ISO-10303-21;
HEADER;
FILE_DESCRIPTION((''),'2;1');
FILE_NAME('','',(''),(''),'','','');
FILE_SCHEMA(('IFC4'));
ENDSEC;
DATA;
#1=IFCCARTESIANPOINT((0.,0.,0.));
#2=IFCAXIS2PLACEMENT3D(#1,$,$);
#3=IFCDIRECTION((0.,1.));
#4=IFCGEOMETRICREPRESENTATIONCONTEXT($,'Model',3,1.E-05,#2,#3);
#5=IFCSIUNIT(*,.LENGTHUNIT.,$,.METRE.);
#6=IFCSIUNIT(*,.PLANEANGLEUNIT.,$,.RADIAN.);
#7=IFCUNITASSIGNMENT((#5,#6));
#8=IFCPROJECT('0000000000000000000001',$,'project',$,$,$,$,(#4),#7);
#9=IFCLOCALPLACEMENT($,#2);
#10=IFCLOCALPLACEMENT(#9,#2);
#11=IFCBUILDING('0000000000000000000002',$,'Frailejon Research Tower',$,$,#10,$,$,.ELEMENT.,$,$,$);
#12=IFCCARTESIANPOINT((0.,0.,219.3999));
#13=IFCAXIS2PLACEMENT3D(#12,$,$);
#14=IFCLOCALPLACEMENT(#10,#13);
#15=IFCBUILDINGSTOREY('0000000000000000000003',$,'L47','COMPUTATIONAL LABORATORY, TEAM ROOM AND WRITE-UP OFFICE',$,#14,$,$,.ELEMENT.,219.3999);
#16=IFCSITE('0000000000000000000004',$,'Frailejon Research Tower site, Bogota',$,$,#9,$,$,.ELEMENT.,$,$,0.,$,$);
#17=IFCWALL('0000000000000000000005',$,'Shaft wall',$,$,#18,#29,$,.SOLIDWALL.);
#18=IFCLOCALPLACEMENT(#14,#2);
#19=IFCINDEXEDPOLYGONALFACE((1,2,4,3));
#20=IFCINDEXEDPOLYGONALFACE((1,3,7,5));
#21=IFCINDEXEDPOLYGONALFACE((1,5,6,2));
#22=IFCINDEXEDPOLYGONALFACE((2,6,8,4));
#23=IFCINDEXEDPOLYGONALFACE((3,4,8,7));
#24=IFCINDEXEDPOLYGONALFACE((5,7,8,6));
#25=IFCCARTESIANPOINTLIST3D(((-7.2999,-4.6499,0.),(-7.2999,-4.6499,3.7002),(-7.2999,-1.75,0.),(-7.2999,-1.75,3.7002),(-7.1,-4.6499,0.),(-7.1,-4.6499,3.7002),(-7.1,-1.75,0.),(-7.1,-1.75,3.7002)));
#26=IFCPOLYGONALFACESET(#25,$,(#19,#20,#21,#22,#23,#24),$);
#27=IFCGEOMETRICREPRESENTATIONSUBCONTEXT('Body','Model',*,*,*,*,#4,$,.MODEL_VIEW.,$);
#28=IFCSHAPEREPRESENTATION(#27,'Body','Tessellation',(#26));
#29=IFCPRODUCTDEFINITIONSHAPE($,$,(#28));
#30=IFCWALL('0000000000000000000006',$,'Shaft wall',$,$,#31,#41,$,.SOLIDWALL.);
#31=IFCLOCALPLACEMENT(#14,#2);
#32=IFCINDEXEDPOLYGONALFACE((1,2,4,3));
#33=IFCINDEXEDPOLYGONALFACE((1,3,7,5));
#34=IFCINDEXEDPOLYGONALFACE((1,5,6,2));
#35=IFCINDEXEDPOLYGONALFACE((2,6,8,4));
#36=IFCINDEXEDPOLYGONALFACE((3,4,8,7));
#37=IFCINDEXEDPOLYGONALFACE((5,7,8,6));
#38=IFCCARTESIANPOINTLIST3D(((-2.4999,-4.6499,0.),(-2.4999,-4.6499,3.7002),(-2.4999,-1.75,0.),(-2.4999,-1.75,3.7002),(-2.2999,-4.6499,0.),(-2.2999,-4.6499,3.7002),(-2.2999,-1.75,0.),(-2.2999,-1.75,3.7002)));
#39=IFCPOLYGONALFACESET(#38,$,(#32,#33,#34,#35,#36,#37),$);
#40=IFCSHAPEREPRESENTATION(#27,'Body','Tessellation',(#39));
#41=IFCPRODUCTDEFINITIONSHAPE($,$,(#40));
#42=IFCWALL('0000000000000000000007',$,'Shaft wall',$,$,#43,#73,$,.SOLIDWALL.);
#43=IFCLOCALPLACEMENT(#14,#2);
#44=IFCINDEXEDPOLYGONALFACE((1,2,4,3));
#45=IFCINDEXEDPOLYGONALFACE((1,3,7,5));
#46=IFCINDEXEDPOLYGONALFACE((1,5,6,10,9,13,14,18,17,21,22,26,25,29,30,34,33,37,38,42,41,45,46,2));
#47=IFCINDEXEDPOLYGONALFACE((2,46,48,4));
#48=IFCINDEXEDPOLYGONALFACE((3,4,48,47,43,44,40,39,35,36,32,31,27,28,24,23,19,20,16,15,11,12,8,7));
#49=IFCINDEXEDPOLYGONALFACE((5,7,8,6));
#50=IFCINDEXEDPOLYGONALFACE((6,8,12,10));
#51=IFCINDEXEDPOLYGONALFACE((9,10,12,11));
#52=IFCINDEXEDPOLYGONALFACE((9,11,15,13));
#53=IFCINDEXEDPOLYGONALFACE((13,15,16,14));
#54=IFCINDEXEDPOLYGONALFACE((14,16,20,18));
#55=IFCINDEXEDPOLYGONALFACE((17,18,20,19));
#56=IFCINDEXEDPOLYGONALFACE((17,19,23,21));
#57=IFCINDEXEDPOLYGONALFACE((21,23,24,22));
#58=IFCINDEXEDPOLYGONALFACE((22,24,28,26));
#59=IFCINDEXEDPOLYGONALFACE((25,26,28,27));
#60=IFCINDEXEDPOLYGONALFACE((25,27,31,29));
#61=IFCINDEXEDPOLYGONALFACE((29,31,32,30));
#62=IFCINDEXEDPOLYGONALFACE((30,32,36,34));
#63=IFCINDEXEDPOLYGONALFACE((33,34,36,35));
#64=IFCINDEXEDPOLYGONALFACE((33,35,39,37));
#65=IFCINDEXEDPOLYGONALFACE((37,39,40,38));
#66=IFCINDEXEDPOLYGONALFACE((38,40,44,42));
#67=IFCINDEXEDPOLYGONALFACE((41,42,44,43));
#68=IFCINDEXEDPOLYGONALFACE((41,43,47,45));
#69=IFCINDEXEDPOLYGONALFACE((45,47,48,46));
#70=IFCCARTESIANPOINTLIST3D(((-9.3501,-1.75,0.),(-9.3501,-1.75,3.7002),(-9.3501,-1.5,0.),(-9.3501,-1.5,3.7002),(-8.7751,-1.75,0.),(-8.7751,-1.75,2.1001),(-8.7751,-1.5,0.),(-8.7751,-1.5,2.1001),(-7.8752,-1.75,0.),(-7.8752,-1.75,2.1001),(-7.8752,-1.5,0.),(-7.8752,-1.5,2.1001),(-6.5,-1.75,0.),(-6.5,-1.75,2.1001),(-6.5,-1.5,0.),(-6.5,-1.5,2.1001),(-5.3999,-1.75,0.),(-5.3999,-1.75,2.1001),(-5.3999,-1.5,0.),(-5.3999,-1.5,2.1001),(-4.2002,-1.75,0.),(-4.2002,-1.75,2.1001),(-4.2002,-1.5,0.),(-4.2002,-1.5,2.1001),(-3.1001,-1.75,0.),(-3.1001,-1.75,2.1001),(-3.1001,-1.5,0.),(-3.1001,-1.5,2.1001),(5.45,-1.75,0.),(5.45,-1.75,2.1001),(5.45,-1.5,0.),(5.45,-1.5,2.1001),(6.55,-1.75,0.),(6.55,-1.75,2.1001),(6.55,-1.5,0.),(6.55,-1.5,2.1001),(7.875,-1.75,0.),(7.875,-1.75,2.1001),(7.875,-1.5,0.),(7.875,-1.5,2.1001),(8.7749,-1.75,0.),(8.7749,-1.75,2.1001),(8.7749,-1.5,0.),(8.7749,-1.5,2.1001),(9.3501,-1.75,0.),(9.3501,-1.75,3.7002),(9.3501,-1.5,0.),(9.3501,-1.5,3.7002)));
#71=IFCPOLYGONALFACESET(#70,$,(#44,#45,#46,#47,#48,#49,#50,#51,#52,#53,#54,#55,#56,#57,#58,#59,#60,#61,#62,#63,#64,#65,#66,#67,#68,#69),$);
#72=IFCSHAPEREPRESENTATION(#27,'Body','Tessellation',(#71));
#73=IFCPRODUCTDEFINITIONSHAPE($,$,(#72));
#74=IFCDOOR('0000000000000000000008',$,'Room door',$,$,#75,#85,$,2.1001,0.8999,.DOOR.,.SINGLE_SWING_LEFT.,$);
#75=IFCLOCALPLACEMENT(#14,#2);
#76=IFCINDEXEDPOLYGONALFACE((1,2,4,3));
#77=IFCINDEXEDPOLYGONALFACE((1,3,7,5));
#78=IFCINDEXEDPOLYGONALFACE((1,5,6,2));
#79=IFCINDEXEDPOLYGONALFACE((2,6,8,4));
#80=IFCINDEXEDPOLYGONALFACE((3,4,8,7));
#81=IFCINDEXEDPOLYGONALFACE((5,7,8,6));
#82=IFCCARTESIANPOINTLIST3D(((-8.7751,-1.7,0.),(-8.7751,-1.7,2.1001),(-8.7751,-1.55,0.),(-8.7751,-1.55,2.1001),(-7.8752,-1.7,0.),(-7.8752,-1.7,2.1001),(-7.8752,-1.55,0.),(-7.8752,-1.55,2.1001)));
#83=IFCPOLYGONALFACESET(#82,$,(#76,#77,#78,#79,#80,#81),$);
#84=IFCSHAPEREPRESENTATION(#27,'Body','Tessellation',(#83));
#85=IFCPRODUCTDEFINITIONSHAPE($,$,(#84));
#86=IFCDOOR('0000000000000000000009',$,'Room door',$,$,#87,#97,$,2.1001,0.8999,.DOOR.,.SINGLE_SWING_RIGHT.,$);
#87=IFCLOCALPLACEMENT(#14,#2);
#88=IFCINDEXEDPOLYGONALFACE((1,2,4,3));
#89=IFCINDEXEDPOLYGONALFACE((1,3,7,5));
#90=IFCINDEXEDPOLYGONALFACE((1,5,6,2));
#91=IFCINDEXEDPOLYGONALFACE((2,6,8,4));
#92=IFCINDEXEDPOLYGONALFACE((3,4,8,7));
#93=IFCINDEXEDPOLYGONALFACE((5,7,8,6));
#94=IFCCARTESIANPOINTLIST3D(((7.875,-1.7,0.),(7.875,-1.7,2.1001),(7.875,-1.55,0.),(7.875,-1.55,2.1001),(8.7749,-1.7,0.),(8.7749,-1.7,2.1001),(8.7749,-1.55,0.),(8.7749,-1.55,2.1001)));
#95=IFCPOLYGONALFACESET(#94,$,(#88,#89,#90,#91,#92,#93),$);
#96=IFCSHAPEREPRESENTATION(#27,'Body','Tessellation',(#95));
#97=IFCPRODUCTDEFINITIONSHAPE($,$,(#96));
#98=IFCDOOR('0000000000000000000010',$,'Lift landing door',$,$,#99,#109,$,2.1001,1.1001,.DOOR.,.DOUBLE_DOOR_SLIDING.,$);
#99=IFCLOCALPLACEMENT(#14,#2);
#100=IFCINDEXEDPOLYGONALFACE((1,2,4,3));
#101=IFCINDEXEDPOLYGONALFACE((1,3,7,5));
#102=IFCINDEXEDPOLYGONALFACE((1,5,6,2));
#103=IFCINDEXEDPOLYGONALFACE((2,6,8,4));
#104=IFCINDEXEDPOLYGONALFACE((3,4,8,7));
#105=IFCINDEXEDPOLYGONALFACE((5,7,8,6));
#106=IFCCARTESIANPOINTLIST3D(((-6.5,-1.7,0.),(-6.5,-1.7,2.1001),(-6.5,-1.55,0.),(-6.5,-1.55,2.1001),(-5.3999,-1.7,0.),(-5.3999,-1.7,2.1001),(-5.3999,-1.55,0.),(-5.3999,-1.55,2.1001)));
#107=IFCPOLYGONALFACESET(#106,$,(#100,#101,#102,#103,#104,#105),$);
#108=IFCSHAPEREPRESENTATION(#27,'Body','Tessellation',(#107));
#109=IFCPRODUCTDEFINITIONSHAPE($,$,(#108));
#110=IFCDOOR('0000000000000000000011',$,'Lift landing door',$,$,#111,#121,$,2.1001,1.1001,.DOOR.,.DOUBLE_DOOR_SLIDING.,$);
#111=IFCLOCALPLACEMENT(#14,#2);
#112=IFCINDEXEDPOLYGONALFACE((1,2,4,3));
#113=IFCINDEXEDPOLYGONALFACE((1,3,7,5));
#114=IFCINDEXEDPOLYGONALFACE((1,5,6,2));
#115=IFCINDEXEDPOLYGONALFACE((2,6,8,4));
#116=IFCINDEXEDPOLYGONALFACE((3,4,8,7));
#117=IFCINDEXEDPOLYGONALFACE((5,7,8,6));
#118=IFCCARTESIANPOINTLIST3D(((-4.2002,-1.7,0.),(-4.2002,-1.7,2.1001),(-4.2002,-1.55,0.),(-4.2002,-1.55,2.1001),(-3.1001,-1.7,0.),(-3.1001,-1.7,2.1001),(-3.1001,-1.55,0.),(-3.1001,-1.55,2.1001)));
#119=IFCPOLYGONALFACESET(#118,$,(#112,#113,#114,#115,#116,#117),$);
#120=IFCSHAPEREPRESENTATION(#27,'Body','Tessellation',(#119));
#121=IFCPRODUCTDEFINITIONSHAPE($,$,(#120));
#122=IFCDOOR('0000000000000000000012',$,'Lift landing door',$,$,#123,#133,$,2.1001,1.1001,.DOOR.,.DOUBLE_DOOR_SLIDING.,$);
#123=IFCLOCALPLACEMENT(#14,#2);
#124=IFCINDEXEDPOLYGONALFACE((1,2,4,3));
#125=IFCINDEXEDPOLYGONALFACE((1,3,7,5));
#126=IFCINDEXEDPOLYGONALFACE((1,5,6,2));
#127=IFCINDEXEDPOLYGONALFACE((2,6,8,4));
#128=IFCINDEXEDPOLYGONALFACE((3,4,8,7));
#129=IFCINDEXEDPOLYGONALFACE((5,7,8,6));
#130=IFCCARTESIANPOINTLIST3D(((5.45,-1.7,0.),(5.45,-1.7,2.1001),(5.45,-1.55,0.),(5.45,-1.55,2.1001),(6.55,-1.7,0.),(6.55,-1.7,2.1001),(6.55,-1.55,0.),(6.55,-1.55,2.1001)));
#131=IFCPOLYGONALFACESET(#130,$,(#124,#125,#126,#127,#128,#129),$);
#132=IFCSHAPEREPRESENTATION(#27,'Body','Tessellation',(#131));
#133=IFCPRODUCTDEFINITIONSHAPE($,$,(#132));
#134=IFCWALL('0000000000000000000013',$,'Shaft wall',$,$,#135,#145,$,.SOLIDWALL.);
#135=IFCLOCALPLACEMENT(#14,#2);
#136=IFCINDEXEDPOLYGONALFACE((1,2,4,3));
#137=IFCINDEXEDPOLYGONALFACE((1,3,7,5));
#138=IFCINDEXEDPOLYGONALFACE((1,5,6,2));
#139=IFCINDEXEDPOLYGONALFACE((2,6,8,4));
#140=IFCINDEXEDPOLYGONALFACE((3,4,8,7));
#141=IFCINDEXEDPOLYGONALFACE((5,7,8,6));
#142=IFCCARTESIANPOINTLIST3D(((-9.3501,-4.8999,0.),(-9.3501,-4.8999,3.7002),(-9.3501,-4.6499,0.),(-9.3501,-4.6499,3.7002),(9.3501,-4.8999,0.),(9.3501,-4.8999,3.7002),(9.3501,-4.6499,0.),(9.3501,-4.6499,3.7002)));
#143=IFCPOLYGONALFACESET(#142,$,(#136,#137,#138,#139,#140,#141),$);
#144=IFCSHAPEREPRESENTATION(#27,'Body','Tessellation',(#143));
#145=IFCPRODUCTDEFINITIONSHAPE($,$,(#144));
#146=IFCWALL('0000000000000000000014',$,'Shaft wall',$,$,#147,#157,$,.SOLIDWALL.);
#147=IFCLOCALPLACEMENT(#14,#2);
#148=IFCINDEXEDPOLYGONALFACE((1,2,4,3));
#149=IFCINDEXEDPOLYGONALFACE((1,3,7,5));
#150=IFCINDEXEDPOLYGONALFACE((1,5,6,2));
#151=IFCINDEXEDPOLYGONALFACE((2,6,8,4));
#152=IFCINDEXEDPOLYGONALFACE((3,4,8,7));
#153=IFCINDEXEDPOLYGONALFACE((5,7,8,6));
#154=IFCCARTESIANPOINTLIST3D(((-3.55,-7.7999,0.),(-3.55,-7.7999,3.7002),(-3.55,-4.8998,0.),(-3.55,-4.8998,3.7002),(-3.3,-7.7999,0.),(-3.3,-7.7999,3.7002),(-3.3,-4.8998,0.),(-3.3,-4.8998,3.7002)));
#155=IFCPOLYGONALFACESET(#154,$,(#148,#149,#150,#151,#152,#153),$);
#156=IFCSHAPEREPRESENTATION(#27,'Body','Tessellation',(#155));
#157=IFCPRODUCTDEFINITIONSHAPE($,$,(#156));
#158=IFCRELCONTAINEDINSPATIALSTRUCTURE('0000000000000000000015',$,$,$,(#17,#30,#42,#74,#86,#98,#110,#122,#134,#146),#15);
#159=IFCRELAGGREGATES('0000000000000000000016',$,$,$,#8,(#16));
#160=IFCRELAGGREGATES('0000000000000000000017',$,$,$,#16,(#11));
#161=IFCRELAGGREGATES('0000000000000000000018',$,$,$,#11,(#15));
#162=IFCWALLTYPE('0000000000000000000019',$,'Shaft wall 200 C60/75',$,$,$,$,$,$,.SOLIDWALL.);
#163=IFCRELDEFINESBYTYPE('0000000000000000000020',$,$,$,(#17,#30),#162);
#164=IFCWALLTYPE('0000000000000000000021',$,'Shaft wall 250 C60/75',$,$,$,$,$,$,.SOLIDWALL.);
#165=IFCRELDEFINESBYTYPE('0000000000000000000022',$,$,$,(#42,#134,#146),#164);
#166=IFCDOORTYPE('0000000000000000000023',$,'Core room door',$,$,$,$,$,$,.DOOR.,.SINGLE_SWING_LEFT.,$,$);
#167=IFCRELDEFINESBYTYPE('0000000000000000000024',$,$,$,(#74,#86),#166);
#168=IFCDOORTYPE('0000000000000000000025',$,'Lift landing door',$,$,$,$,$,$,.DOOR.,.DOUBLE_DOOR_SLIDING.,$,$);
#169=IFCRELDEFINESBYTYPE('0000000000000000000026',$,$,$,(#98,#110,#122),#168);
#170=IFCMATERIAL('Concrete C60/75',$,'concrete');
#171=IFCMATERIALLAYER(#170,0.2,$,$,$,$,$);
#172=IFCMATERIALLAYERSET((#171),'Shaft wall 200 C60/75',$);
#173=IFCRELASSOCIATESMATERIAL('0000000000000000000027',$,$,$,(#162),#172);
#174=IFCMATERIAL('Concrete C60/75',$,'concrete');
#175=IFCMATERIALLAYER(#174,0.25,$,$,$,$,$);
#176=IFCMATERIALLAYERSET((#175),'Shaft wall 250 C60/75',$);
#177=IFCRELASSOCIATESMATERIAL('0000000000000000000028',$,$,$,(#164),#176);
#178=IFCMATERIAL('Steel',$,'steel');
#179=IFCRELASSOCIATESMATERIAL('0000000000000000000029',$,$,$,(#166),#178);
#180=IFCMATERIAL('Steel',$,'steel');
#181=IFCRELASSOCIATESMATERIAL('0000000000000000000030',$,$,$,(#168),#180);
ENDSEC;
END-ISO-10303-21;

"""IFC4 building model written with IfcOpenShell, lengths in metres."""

from ifc_helpers import new_model, si_unit, direction, frame, frame_2d, origin, place, context, subcontext, project, spatial, rectangle, extrude, material, layer, layer_set, type_object, element, fill, save


model = new_model("IFC4")

# Units and contexts
model_context = context("Model", 3, precision=1e-05, world=origin(), true_north=direction((0.0, 1.0)))
body_context = subcontext(model_context, "Body", "Model", "MODEL_VIEW")
ifc_project = project(units=[si_unit("LENGTHUNIT", "METRE"), si_unit("PLANEANGLEUNIT", "RADIAN")], contexts=[model_context])

# Site, building, storey
site_placement = place(None, origin())
site = spatial("IfcSite", under=ifc_project, at=site_placement, Name="Frailejon Research Tower site, Bogota", CompositionType="ELEMENT", RefElevation=0.0)
building_placement = place(site_placement, origin())
building = spatial("IfcBuilding", under=site, at=building_placement, Name="Frailejon Research Tower", CompositionType="ELEMENT")
storey_placement = place(building_placement, frame((0.0, 0.0, 219.3999)))
storey = spatial("IfcBuildingStorey", under=building, at=storey_placement, Name="L47", Description="COMPUTATIONAL LABORATORY, TEAM ROOM AND WRITE-UP OFFICE", CompositionType="ELEMENT", Elevation=219.3999)

# Walls
ifc_material_1 = material(Name="Concrete C60/75", Category="concrete")
ifc_layer_1 = layer(ifc_material_1, 0.2)
ifc_layer_set_1 = layer_set([ifc_layer_1], Name="Shaft wall 200 C60/75")
wall_type_1 = type_object("IfcWallType", Name="Shaft wall 200 C60/75", PredefinedType="SOLIDWALL", material=ifc_layer_set_1)
for number, where, z_axis, x_axis, name in (
    (1, (-7.2, -4.6499, 0.0), (0.0, 0.0, 1.0), (0.0, 1.0, 0.0), "Shaft wall"),
    (2, (-2.3999, -4.6499, 0.0), (0.0, 0.0, 1.0), (0.0, 1.0, 0.0), "Shaft wall"),
):
    element("IfcWall", number, at=place(storey_placement, frame(where, z_axis=z_axis, x_axis=x_axis)), inside=storey, type_object=wall_type_1, Name=name, PredefinedType="SOLIDWALL", context=body_context, shape_type="SweptSolid", body=[
        extrude(rectangle(XDim=2.8999, YDim=0.2, at=frame_2d((1.45, 0.0))), origin(), (0.0, 0.0, 1.0), 3.7002),
    ])

# Wall, openings, doors
ifc_material_2 = material(Name="Concrete C60/75", Category="concrete")
ifc_layer_2 = layer(ifc_material_2, 0.25)
ifc_layer_set_2 = layer_set([ifc_layer_2], Name="Shaft wall 250 C60/75")
wall_type_2 = type_object("IfcWallType", Name="Shaft wall 250 C60/75", PredefinedType="SOLIDWALL", material=ifc_layer_set_2)
wall_1_placement = place(storey_placement, frame((-9.3501, -1.625, 0.0), z_axis=(0.0, 0.0, 1.0), x_axis=(1.0, 0.0, 0.0)))
wall_1 = element("IfcWall", 3, at=wall_1_placement, inside=storey, type_object=wall_type_2, Name="Shaft wall", PredefinedType="SOLIDWALL", context=body_context, shape_type="SweptSolid", body=[
    extrude(rectangle(XDim=18.7002, YDim=0.25, at=frame_2d((9.3501, 0.0))), origin(), (0.0, 0.0, 1.0), 3.7002),
])
opening_1_placement = place(wall_1_placement, frame((2.8501, 0.0, 0.0)))
opening_1 = element("IfcOpeningElement", 4, at=opening_1_placement, cuts=wall_1, PredefinedType="OPENING", context=body_context, shape_type="SweptSolid", body=[
    extrude(rectangle(XDim=1.1001, YDim=2.1001, at=frame_2d((0.55, 1.05))), frame((0.0, 0.135, 0.0), z_axis=(0.0, -1.0, 0.0), x_axis=(1.0, 0.0, 0.0)), (0.0, 0.0, 1.0), 0.27),
])
opening_2_placement = place(wall_1_placement, frame((5.1499, 0.0, 0.0)))
opening_2 = element("IfcOpeningElement", 5, at=opening_2_placement, cuts=wall_1, PredefinedType="OPENING", context=body_context, shape_type="SweptSolid", body=[
    extrude(rectangle(XDim=1.1001, YDim=2.1001, at=frame_2d((0.55, 1.05))), frame((0.0, 0.135, 0.0), z_axis=(0.0, -1.0, 0.0), x_axis=(1.0, 0.0, 0.0)), (0.0, 0.0, 1.0), 0.27),
])
opening_3_placement = place(wall_1_placement, frame((14.8, 0.0, 0.0)))
opening_3 = element("IfcOpeningElement", 6, at=opening_3_placement, cuts=wall_1, PredefinedType="OPENING", context=body_context, shape_type="SweptSolid", body=[
    extrude(rectangle(XDim=1.1001, YDim=2.1001, at=frame_2d((0.55, 1.05))), frame((0.0, 0.135, 0.0), z_axis=(0.0, -1.0, 0.0), x_axis=(1.0, 0.0, 0.0)), (0.0, 0.0, 1.0), 0.27),
])
opening_4_placement = place(wall_1_placement, frame((0.575, 0.0, 0.0)))
opening_4 = element("IfcOpeningElement", 7, at=opening_4_placement, cuts=wall_1, PredefinedType="OPENING", context=body_context, shape_type="SweptSolid", body=[
    extrude(rectangle(XDim=0.8999, YDim=2.1001, at=frame_2d((0.45, 1.05))), frame((0.0, 0.135, 0.0), z_axis=(0.0, -1.0, 0.0), x_axis=(1.0, 0.0, 0.0)), (0.0, 0.0, 1.0), 0.27),
])
opening_5_placement = place(wall_1_placement, frame((17.2251, 0.0, 0.0)))
opening_5 = element("IfcOpeningElement", 8, at=opening_5_placement, cuts=wall_1, PredefinedType="OPENING", context=body_context, shape_type="SweptSolid", body=[
    extrude(rectangle(XDim=0.8999, YDim=2.1001, at=frame_2d((0.45, 1.05))), frame((0.0, 0.135, 0.0), z_axis=(0.0, -1.0, 0.0), x_axis=(1.0, 0.0, 0.0)), (0.0, 0.0, 1.0), 0.27),
])
ifc_material_3 = material(Name="Steel", Category="steel")
door_type_1 = type_object("IfcDoorType", Name="Core room door", OperationType="SINGLE_SWING_LEFT", PredefinedType="DOOR", material=ifc_material_3)
door_1_placement = place(opening_4_placement, origin())
door_1 = element("IfcDoor", 9, at=door_1_placement, inside=storey, type_object=door_type_1, Name="Room door", OperationType="SINGLE_SWING_LEFT", OverallHeight=2.1001, OverallWidth=0.8999, PredefinedType="DOOR", context=body_context, shape_type="SweptSolid", body=[
    extrude(rectangle(XDim=0.8999, YDim=2.1001, at=frame_2d((0.45, 1.05))), frame((0.0, 0.075, 0.0), z_axis=(0.0, -1.0, 0.0), x_axis=(1.0, 0.0, 0.0)), (0.0, 0.0, 1.0), 0.1499),
])
fill(opening_4, door_1)
door_2_placement = place(opening_5_placement, origin())
door_2 = element("IfcDoor", 10, at=door_2_placement, inside=storey, type_object=door_type_1, Name="Room door", OperationType="SINGLE_SWING_RIGHT", OverallHeight=2.1001, OverallWidth=0.8999, PredefinedType="DOOR", context=body_context, shape_type="SweptSolid", body=[
    extrude(rectangle(XDim=0.8999, YDim=2.1001, at=frame_2d((0.45, 1.05))), frame((0.0, 0.075, 0.0), z_axis=(0.0, -1.0, 0.0), x_axis=(1.0, 0.0, 0.0)), (0.0, 0.0, 1.0), 0.1499),
])
fill(opening_5, door_2)
ifc_material_4 = material(Name="Steel", Category="steel")
door_type_2 = type_object("IfcDoorType", Name="Lift landing door", OperationType="DOUBLE_DOOR_SLIDING", PredefinedType="DOOR", material=ifc_material_4)
door_3_placement = place(opening_1_placement, origin())
door_3 = element("IfcDoor", 11, at=door_3_placement, inside=storey, type_object=door_type_2, Name="Lift landing door", OperationType="DOUBLE_DOOR_SLIDING", OverallHeight=2.1001, OverallWidth=1.1001, PredefinedType="DOOR", context=body_context, shape_type="SweptSolid", body=[
    extrude(rectangle(XDim=1.1001, YDim=2.1001, at=frame_2d((0.55, 1.05))), frame((0.0, 0.075, 0.0), z_axis=(0.0, -1.0, 0.0), x_axis=(1.0, 0.0, 0.0)), (0.0, 0.0, 1.0), 0.1499),
])
fill(opening_1, door_3)
door_4_placement = place(opening_2_placement, origin())
door_4 = element("IfcDoor", 12, at=door_4_placement, inside=storey, type_object=door_type_2, Name="Lift landing door", OperationType="DOUBLE_DOOR_SLIDING", OverallHeight=2.1001, OverallWidth=1.1001, PredefinedType="DOOR", context=body_context, shape_type="SweptSolid", body=[
    extrude(rectangle(XDim=1.1001, YDim=2.1001, at=frame_2d((0.55, 1.05))), frame((0.0, 0.075, 0.0), z_axis=(0.0, -1.0, 0.0), x_axis=(1.0, 0.0, 0.0)), (0.0, 0.0, 1.0), 0.1499),
])
fill(opening_2, door_4)
door_5_placement = place(opening_3_placement, origin())
door_5 = element("IfcDoor", 13, at=door_5_placement, inside=storey, type_object=door_type_2, Name="Lift landing door", OperationType="DOUBLE_DOOR_SLIDING", OverallHeight=2.1001, OverallWidth=1.1001, PredefinedType="DOOR", context=body_context, shape_type="SweptSolid", body=[
    extrude(rectangle(XDim=1.1001, YDim=2.1001, at=frame_2d((0.55, 1.05))), frame((0.0, 0.075, 0.0), z_axis=(0.0, -1.0, 0.0), x_axis=(1.0, 0.0, 0.0)), (0.0, 0.0, 1.0), 0.1499),
])
fill(opening_3, door_5)

# Walls
wall_2_placement = place(storey_placement, frame((-9.3501, -4.7749, 0.0), z_axis=(0.0, 0.0, 1.0), x_axis=(1.0, 0.0, 0.0)))
element("IfcWall", 14, at=wall_2_placement, inside=storey, type_object=wall_type_2, Name="Shaft wall", PredefinedType="SOLIDWALL", context=body_context, shape_type="SweptSolid", body=[
    extrude(rectangle(XDim=18.7002, YDim=0.25, at=frame_2d((9.3501, 0.0))), origin(), (0.0, 0.0, 1.0), 3.7002),
])
wall_3_placement = place(storey_placement, frame((-3.425, -7.8, 0.0), z_axis=(0.0, 0.0, 1.0), x_axis=(0.0, 1.0, 0.0)))
element("IfcWall", 15, at=wall_3_placement, inside=storey, type_object=wall_type_2, Name="Shaft wall", PredefinedType="SOLIDWALL", context=body_context, shape_type="SweptSolid", body=[
    extrude(rectangle(XDim=2.9001, YDim=0.25, at=frame_2d((1.4502, 0.0))), origin(), (0.0, 0.0, 1.0), 3.7002),
])

save(model, "model.ifc")
